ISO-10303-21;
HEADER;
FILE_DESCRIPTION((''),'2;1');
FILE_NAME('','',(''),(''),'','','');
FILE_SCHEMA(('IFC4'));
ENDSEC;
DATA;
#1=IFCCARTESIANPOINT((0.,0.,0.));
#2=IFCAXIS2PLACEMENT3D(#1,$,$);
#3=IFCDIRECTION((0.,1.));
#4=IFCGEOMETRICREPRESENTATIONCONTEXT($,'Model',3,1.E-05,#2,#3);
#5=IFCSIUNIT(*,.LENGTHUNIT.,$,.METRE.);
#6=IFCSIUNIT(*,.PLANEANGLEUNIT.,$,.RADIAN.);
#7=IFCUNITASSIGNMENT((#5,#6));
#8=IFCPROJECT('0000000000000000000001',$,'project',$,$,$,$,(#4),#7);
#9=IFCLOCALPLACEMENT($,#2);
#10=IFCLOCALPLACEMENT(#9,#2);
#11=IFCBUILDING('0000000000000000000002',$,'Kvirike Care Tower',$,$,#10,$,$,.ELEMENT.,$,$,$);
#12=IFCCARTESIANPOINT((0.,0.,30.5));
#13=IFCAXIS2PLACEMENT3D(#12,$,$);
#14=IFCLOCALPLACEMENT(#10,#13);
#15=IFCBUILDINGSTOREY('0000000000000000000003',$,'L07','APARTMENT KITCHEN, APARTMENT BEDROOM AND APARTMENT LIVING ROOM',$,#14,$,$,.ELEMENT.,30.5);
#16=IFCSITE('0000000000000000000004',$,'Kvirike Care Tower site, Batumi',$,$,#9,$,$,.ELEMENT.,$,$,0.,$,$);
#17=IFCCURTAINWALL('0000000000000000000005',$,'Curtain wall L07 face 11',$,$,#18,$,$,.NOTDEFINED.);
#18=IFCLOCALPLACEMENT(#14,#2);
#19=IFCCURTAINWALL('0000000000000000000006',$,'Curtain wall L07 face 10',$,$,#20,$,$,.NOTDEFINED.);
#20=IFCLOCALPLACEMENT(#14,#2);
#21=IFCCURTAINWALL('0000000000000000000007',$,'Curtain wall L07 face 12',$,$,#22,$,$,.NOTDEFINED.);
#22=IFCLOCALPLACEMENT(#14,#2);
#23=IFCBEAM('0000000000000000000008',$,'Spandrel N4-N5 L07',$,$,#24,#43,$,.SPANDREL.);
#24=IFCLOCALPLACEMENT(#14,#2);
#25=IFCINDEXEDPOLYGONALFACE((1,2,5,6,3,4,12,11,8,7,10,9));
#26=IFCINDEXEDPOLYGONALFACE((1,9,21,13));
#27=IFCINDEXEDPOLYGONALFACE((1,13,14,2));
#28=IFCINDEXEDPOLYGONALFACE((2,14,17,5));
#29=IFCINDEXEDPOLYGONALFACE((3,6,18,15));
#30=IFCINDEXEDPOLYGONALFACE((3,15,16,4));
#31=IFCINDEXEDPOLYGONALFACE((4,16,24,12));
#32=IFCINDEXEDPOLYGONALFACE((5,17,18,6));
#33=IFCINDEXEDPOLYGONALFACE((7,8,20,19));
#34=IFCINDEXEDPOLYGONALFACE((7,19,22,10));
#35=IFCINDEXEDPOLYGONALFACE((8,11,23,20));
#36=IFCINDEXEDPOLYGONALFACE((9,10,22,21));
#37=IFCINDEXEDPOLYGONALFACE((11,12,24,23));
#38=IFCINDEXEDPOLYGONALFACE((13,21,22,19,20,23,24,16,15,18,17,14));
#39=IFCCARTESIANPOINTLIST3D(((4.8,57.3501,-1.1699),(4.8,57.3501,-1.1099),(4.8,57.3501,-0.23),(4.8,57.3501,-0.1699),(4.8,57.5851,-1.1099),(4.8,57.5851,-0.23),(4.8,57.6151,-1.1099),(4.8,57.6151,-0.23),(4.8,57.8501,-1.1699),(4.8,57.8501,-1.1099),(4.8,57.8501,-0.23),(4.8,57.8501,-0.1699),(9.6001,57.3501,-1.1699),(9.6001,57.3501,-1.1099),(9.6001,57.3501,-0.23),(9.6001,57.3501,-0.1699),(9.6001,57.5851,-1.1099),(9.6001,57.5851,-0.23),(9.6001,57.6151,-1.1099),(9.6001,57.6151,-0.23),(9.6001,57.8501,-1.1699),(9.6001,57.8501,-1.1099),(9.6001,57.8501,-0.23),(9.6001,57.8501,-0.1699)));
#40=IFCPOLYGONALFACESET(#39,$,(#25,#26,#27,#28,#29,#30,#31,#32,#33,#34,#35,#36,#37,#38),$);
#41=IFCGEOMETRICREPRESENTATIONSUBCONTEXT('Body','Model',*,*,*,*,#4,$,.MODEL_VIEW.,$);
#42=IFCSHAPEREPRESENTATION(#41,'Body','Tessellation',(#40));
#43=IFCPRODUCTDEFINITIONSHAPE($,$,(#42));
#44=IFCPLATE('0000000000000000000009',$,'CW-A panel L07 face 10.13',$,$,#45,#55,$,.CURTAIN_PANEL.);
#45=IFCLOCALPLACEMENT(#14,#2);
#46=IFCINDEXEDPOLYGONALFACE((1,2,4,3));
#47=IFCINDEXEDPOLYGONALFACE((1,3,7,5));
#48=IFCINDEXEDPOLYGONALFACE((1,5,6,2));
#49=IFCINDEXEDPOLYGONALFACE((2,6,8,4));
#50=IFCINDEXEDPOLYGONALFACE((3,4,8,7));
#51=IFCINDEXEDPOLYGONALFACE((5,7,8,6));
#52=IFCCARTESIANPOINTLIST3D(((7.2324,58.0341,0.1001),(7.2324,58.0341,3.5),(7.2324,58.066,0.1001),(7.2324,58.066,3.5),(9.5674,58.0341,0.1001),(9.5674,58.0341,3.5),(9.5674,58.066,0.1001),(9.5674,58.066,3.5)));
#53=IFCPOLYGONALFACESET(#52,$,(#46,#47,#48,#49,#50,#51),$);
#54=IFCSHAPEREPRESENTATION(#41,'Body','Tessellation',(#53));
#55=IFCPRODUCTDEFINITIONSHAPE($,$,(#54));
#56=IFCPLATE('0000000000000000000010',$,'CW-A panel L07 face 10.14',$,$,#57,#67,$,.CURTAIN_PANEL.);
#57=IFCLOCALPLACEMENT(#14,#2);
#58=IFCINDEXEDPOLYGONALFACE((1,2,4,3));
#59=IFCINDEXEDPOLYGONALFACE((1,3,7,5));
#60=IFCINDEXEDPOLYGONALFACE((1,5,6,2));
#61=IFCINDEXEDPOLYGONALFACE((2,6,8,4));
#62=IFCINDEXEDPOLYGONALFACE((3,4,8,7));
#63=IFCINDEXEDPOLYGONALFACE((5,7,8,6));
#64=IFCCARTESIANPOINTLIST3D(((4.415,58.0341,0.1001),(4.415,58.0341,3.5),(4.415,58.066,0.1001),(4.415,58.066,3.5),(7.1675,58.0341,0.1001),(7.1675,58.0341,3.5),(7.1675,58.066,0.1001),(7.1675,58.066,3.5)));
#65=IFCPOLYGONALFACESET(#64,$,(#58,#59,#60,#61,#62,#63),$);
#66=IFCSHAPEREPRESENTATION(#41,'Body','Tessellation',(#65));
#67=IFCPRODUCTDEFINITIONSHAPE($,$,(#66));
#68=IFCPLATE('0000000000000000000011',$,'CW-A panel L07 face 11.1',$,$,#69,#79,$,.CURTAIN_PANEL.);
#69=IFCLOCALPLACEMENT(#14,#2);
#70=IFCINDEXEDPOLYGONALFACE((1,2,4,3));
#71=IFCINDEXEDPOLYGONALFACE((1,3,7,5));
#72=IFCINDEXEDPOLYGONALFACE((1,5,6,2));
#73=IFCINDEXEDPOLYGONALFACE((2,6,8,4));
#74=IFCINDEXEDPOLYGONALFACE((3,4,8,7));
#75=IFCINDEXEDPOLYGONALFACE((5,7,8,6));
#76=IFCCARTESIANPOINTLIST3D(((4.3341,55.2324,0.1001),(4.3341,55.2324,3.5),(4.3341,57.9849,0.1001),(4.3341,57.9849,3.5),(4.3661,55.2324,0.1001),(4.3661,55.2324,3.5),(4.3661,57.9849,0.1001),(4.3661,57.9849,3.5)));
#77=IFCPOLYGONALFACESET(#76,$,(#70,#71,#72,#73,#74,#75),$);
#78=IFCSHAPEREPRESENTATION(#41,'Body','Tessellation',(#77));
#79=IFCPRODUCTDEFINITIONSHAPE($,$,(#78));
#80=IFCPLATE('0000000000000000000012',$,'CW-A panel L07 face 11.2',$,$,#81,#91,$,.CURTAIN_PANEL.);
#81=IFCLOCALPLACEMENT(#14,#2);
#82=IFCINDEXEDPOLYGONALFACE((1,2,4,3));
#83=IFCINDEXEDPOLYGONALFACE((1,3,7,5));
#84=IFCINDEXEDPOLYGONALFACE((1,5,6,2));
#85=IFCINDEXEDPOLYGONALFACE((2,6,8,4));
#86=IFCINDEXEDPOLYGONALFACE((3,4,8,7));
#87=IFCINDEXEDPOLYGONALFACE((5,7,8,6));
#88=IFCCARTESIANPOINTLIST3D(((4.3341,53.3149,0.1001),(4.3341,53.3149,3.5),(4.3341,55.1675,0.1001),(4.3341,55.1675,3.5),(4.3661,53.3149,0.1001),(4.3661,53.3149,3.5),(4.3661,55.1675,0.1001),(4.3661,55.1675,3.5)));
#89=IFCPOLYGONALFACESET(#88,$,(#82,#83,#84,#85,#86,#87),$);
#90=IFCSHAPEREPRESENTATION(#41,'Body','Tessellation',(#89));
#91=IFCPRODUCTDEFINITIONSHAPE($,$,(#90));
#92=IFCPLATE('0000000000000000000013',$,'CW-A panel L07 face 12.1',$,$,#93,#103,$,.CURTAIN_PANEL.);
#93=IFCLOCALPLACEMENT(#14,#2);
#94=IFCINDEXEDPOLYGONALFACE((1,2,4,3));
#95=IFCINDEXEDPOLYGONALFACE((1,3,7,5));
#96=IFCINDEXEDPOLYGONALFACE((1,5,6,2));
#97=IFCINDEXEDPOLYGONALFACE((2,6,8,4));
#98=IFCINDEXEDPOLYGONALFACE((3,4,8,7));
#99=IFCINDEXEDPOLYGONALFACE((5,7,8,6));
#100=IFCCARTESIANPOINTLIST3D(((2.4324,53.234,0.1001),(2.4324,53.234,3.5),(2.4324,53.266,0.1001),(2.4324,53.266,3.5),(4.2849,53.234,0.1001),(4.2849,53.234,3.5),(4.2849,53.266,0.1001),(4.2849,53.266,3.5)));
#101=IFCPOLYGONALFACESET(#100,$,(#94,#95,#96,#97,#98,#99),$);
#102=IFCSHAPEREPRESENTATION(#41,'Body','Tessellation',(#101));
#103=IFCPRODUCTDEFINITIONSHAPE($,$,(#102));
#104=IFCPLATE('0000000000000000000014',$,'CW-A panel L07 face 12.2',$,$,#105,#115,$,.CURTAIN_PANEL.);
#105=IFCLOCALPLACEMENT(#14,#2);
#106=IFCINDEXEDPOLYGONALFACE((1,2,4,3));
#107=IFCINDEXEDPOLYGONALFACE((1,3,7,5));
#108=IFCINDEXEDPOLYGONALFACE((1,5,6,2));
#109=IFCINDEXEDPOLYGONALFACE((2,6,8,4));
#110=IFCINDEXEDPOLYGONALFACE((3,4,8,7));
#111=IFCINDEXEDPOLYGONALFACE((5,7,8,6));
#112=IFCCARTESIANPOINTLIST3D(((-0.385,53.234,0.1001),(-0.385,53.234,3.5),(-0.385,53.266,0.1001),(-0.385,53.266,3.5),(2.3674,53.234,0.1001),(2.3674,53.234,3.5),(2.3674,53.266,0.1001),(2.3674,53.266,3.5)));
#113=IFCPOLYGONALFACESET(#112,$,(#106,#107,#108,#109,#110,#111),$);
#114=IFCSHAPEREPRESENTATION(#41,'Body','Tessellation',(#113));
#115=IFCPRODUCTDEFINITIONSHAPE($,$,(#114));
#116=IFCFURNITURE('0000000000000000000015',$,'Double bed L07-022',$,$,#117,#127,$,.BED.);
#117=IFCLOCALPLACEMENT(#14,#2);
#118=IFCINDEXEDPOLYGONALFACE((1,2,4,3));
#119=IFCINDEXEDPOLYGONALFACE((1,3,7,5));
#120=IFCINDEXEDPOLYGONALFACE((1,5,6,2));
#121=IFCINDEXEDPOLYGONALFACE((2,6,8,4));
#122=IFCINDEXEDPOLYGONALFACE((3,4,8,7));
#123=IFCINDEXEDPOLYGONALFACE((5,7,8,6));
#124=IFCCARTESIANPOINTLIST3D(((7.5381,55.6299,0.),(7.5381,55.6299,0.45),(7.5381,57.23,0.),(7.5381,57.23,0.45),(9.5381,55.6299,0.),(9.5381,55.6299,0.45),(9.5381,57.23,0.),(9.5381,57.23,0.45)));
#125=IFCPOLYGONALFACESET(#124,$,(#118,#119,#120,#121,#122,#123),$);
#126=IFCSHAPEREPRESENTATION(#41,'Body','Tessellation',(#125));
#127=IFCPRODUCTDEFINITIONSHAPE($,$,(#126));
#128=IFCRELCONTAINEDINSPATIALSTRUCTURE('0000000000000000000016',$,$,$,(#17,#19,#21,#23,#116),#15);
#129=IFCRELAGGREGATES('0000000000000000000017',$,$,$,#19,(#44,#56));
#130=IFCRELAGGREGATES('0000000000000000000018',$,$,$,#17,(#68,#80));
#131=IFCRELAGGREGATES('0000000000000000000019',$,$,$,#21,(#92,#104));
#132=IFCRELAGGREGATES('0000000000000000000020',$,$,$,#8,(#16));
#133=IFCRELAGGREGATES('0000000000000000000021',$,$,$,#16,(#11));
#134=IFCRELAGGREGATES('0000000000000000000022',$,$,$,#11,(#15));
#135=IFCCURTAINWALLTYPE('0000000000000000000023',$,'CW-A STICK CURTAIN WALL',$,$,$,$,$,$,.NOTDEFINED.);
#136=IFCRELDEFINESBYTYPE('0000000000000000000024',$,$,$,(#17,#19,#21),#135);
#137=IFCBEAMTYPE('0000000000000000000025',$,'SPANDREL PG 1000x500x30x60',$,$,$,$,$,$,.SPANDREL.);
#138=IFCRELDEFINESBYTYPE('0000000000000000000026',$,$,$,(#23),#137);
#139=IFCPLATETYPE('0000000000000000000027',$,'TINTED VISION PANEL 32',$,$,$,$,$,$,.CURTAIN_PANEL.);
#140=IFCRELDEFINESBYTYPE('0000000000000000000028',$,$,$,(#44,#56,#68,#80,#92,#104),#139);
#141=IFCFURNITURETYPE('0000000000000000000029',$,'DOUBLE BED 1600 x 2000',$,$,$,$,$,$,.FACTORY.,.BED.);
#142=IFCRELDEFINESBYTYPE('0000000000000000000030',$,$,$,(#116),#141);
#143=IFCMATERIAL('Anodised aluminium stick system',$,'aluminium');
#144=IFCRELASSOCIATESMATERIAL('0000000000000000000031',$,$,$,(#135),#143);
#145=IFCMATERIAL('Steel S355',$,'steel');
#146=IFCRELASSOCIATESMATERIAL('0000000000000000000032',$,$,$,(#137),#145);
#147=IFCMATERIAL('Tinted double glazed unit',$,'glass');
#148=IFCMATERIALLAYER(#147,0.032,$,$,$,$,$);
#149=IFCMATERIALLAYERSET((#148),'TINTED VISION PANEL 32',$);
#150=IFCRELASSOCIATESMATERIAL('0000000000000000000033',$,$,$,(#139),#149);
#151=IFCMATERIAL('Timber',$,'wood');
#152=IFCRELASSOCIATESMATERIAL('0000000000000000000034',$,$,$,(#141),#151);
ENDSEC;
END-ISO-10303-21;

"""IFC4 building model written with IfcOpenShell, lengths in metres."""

from ifc_helpers import new_model, si_unit, direction, frame, origin, origin_2d, place, context, subcontext, project, spatial, rectangle, i_section, extrude, material, layer, layer_set, material_profile, profile_set, type_object, element, aggregate, save


model = new_model("IFC4")

# Units and contexts
model_context = context("Model", 3, precision=1e-05, world=origin(), true_north=direction((0.0, 1.0)))
body_context = subcontext(model_context, "Body", "Model", "MODEL_VIEW")
ifc_project = project(units=[si_unit("LENGTHUNIT", "METRE"), si_unit("PLANEANGLEUNIT", "RADIAN")], contexts=[model_context])

# Site, building, storey
site_placement = place(None, origin())
site = spatial("IfcSite", under=ifc_project, at=site_placement, Name="Kvirike Care Tower site, Batumi", CompositionType="ELEMENT", RefElevation=0.0)
building_placement = place(site_placement, origin())
building = spatial("IfcBuilding", under=site, at=building_placement, Name="Kvirike Care Tower", CompositionType="ELEMENT")
storey_placement = place(building_placement, frame((0.0, 0.0, 30.5)))
storey = spatial("IfcBuildingStorey", under=building, at=storey_placement, Name="L07", Description="APARTMENT KITCHEN, APARTMENT BEDROOM AND APARTMENT LIVING ROOM", CompositionType="ELEMENT", Elevation=30.5)

# Curtain wall
ifc_material_1 = material(Name="Anodised aluminium stick system", Category="aluminium")
curtain_wall_type = type_object("IfcCurtainWallType", Name="CW-A STICK CURTAIN WALL", PredefinedType="NOTDEFINED", material=ifc_material_1)
curtain_wall_1_placement = place(storey_placement, origin())
curtain_wall_1 = element("IfcCurtainWall", 1, at=curtain_wall_1_placement, inside=storey, type_object=curtain_wall_type, Name="Curtain wall L07 face 11", PredefinedType="NOTDEFINED")

# Curtain wall
curtain_wall_2_placement = place(storey_placement, origin())
curtain_wall_2 = element("IfcCurtainWall", 2, at=curtain_wall_2_placement, inside=storey, type_object=curtain_wall_type, Name="Curtain wall L07 face 10", PredefinedType="NOTDEFINED")

# Curtain wall
curtain_wall_3_placement = place(storey_placement, origin())
curtain_wall_3 = element("IfcCurtainWall", 3, at=curtain_wall_3_placement, inside=storey, type_object=curtain_wall_type, Name="Curtain wall L07 face 12", PredefinedType="NOTDEFINED")

# Beam
ifc_material_2 = material(Name="Steel S355", Category="steel")
ifc_material_profile_1 = material_profile(ifc_material_2, i_section(OverallWidth=0.5, OverallDepth=1.0, WebThickness=0.03, FlangeThickness=0.0601, at=origin_2d()), Name="PG 1000x500x30x60")
ifc_profile_set_1 = profile_set([ifc_material_profile_1], Name="Steel S355")
beam_type = type_object("IfcBeamType", Name="SPANDREL PG 1000x500x30x60", PredefinedType="SPANDREL", material=ifc_profile_set_1)
beam_placement = place(storey_placement, frame((4.8, 57.6001, -0.6699), z_axis=(1.0, 0.0, 0.0), x_axis=(0.0, 1.0, 0.0)))
element("IfcBeam", 4, at=beam_placement, inside=storey, type_object=beam_type, Name="Spandrel N4-N5 L07", PredefinedType="SPANDREL", context=body_context, shape_type="SweptSolid", body=[
    extrude(i_section(OverallWidth=0.5, OverallDepth=1.0, WebThickness=0.03, FlangeThickness=0.0601, at=origin_2d()), origin(), (0.0, 0.0, 1.0), 4.8),
])

# Plates
ifc_material_3 = material(Name="Tinted double glazed unit", Category="glass")
ifc_layer = layer(ifc_material_3, 0.032)
ifc_layer_set = layer_set([ifc_layer], Name="TINTED VISION PANEL 32")
plate_type = type_object("IfcPlateType", Name="TINTED VISION PANEL 32", PredefinedType="CURTAIN_PANEL", material=ifc_layer_set)
plate_1_placement = place(storey_placement, frame((8.3999, 58.05, 0.1001), z_axis=(0.0, 0.0, 1.0), x_axis=(-1.0, 0.0, 0.0)))
plate_1 = element("IfcPlate", 5, at=plate_1_placement, type_object=plate_type, Name="CW-A panel L07 face 10.13", PredefinedType="CURTAIN_PANEL", context=body_context, shape_type="SweptSolid", body=[
    extrude(rectangle(XDim=2.335, YDim=0.032, at=origin_2d()), origin(), (0.0, 0.0, 1.0), 3.3999),
])
plate_2_placement = place(storey_placement, frame((5.7913, 58.05, 0.1001), z_axis=(0.0, 0.0, 1.0), x_axis=(-1.0, 0.0, 0.0)))
plate_2 = element("IfcPlate", 6, at=plate_2_placement, type_object=plate_type, Name="CW-A panel L07 face 10.14", PredefinedType="CURTAIN_PANEL", context=body_context, shape_type="SweptSolid", body=[
    extrude(rectangle(XDim=2.7524, YDim=0.032, at=origin_2d()), origin(), (0.0, 0.0, 1.0), 3.3999),
])
aggregate(curtain_wall_2, [plate_1, plate_2])
plate_3_placement = place(storey_placement, frame((4.3501, 56.6086, 0.1001), z_axis=(0.0, 0.0, 1.0), x_axis=(0.0, -1.0, 0.0)))
plate_3 = element("IfcPlate", 7, at=plate_3_placement, type_object=plate_type, Name="CW-A panel L07 face 11.1", PredefinedType="CURTAIN_PANEL", context=body_context, shape_type="SweptSolid", body=[
    extrude(rectangle(XDim=2.7524, YDim=0.032, at=origin_2d()), origin(), (0.0, 0.0, 1.0), 3.3999),
])
plate_4_placement = place(storey_placement, frame((4.3501, 54.2412, 0.1001), z_axis=(0.0, 0.0, 1.0), x_axis=(0.0, -1.0, 0.0)))
plate_4 = element("IfcPlate", 8, at=plate_4_placement, type_object=plate_type, Name="CW-A panel L07 face 11.2", PredefinedType="CURTAIN_PANEL", context=body_context, shape_type="SweptSolid", body=[
    extrude(rectangle(XDim=1.8525, YDim=0.032, at=origin_2d()), origin(), (0.0, 0.0, 1.0), 3.3999),
])
aggregate(curtain_wall_1, [plate_3, plate_4])
plate_5_placement = place(storey_placement, frame((3.3586, 53.25, 0.1001), z_axis=(0.0, 0.0, 1.0), x_axis=(-1.0, 0.0, 0.0)))
plate_5 = element("IfcPlate", 9, at=plate_5_placement, type_object=plate_type, Name="CW-A panel L07 face 12.1", PredefinedType="CURTAIN_PANEL", context=body_context, shape_type="SweptSolid", body=[
    extrude(rectangle(XDim=1.8525, YDim=0.032, at=origin_2d()), origin(), (0.0, 0.0, 1.0), 3.3999),
])
plate_6_placement = place(storey_placement, frame((0.9912, 53.25, 0.1001), z_axis=(0.0, 0.0, 1.0), x_axis=(-1.0, 0.0, 0.0)))
plate_6 = element("IfcPlate", 10, at=plate_6_placement, type_object=plate_type, Name="CW-A panel L07 face 12.2", PredefinedType="CURTAIN_PANEL", context=body_context, shape_type="SweptSolid", body=[
    extrude(rectangle(XDim=2.7524, YDim=0.032, at=origin_2d()), origin(), (0.0, 0.0, 1.0), 3.3999),
])
aggregate(curtain_wall_3, [plate_5, plate_6])

# Furniture
ifc_material_4 = material(Name="Timber", Category="wood")
furniture_type = type_object("IfcFurnitureType", Name="DOUBLE BED 1600 x 2000", AssemblyPlace="FACTORY", PredefinedType="BED", material=ifc_material_4)
furniture_placement = place(storey_placement, frame((8.5381, 56.4299, 0.0), z_axis=(0.0, 0.0, 1.0), x_axis=(0.0, -1.0, 0.0)))
element("IfcFurniture", 11, at=furniture_placement, inside=storey, type_object=furniture_type, Name="Double bed L07-022", PredefinedType="BED", context=body_context, shape_type="SweptSolid", body=[
    extrude(rectangle(XDim=1.6001, YDim=2.0, at=origin_2d()), origin(), (0.0, 0.0, 1.0), 0.45),
])

save(model, "model.ifc")
